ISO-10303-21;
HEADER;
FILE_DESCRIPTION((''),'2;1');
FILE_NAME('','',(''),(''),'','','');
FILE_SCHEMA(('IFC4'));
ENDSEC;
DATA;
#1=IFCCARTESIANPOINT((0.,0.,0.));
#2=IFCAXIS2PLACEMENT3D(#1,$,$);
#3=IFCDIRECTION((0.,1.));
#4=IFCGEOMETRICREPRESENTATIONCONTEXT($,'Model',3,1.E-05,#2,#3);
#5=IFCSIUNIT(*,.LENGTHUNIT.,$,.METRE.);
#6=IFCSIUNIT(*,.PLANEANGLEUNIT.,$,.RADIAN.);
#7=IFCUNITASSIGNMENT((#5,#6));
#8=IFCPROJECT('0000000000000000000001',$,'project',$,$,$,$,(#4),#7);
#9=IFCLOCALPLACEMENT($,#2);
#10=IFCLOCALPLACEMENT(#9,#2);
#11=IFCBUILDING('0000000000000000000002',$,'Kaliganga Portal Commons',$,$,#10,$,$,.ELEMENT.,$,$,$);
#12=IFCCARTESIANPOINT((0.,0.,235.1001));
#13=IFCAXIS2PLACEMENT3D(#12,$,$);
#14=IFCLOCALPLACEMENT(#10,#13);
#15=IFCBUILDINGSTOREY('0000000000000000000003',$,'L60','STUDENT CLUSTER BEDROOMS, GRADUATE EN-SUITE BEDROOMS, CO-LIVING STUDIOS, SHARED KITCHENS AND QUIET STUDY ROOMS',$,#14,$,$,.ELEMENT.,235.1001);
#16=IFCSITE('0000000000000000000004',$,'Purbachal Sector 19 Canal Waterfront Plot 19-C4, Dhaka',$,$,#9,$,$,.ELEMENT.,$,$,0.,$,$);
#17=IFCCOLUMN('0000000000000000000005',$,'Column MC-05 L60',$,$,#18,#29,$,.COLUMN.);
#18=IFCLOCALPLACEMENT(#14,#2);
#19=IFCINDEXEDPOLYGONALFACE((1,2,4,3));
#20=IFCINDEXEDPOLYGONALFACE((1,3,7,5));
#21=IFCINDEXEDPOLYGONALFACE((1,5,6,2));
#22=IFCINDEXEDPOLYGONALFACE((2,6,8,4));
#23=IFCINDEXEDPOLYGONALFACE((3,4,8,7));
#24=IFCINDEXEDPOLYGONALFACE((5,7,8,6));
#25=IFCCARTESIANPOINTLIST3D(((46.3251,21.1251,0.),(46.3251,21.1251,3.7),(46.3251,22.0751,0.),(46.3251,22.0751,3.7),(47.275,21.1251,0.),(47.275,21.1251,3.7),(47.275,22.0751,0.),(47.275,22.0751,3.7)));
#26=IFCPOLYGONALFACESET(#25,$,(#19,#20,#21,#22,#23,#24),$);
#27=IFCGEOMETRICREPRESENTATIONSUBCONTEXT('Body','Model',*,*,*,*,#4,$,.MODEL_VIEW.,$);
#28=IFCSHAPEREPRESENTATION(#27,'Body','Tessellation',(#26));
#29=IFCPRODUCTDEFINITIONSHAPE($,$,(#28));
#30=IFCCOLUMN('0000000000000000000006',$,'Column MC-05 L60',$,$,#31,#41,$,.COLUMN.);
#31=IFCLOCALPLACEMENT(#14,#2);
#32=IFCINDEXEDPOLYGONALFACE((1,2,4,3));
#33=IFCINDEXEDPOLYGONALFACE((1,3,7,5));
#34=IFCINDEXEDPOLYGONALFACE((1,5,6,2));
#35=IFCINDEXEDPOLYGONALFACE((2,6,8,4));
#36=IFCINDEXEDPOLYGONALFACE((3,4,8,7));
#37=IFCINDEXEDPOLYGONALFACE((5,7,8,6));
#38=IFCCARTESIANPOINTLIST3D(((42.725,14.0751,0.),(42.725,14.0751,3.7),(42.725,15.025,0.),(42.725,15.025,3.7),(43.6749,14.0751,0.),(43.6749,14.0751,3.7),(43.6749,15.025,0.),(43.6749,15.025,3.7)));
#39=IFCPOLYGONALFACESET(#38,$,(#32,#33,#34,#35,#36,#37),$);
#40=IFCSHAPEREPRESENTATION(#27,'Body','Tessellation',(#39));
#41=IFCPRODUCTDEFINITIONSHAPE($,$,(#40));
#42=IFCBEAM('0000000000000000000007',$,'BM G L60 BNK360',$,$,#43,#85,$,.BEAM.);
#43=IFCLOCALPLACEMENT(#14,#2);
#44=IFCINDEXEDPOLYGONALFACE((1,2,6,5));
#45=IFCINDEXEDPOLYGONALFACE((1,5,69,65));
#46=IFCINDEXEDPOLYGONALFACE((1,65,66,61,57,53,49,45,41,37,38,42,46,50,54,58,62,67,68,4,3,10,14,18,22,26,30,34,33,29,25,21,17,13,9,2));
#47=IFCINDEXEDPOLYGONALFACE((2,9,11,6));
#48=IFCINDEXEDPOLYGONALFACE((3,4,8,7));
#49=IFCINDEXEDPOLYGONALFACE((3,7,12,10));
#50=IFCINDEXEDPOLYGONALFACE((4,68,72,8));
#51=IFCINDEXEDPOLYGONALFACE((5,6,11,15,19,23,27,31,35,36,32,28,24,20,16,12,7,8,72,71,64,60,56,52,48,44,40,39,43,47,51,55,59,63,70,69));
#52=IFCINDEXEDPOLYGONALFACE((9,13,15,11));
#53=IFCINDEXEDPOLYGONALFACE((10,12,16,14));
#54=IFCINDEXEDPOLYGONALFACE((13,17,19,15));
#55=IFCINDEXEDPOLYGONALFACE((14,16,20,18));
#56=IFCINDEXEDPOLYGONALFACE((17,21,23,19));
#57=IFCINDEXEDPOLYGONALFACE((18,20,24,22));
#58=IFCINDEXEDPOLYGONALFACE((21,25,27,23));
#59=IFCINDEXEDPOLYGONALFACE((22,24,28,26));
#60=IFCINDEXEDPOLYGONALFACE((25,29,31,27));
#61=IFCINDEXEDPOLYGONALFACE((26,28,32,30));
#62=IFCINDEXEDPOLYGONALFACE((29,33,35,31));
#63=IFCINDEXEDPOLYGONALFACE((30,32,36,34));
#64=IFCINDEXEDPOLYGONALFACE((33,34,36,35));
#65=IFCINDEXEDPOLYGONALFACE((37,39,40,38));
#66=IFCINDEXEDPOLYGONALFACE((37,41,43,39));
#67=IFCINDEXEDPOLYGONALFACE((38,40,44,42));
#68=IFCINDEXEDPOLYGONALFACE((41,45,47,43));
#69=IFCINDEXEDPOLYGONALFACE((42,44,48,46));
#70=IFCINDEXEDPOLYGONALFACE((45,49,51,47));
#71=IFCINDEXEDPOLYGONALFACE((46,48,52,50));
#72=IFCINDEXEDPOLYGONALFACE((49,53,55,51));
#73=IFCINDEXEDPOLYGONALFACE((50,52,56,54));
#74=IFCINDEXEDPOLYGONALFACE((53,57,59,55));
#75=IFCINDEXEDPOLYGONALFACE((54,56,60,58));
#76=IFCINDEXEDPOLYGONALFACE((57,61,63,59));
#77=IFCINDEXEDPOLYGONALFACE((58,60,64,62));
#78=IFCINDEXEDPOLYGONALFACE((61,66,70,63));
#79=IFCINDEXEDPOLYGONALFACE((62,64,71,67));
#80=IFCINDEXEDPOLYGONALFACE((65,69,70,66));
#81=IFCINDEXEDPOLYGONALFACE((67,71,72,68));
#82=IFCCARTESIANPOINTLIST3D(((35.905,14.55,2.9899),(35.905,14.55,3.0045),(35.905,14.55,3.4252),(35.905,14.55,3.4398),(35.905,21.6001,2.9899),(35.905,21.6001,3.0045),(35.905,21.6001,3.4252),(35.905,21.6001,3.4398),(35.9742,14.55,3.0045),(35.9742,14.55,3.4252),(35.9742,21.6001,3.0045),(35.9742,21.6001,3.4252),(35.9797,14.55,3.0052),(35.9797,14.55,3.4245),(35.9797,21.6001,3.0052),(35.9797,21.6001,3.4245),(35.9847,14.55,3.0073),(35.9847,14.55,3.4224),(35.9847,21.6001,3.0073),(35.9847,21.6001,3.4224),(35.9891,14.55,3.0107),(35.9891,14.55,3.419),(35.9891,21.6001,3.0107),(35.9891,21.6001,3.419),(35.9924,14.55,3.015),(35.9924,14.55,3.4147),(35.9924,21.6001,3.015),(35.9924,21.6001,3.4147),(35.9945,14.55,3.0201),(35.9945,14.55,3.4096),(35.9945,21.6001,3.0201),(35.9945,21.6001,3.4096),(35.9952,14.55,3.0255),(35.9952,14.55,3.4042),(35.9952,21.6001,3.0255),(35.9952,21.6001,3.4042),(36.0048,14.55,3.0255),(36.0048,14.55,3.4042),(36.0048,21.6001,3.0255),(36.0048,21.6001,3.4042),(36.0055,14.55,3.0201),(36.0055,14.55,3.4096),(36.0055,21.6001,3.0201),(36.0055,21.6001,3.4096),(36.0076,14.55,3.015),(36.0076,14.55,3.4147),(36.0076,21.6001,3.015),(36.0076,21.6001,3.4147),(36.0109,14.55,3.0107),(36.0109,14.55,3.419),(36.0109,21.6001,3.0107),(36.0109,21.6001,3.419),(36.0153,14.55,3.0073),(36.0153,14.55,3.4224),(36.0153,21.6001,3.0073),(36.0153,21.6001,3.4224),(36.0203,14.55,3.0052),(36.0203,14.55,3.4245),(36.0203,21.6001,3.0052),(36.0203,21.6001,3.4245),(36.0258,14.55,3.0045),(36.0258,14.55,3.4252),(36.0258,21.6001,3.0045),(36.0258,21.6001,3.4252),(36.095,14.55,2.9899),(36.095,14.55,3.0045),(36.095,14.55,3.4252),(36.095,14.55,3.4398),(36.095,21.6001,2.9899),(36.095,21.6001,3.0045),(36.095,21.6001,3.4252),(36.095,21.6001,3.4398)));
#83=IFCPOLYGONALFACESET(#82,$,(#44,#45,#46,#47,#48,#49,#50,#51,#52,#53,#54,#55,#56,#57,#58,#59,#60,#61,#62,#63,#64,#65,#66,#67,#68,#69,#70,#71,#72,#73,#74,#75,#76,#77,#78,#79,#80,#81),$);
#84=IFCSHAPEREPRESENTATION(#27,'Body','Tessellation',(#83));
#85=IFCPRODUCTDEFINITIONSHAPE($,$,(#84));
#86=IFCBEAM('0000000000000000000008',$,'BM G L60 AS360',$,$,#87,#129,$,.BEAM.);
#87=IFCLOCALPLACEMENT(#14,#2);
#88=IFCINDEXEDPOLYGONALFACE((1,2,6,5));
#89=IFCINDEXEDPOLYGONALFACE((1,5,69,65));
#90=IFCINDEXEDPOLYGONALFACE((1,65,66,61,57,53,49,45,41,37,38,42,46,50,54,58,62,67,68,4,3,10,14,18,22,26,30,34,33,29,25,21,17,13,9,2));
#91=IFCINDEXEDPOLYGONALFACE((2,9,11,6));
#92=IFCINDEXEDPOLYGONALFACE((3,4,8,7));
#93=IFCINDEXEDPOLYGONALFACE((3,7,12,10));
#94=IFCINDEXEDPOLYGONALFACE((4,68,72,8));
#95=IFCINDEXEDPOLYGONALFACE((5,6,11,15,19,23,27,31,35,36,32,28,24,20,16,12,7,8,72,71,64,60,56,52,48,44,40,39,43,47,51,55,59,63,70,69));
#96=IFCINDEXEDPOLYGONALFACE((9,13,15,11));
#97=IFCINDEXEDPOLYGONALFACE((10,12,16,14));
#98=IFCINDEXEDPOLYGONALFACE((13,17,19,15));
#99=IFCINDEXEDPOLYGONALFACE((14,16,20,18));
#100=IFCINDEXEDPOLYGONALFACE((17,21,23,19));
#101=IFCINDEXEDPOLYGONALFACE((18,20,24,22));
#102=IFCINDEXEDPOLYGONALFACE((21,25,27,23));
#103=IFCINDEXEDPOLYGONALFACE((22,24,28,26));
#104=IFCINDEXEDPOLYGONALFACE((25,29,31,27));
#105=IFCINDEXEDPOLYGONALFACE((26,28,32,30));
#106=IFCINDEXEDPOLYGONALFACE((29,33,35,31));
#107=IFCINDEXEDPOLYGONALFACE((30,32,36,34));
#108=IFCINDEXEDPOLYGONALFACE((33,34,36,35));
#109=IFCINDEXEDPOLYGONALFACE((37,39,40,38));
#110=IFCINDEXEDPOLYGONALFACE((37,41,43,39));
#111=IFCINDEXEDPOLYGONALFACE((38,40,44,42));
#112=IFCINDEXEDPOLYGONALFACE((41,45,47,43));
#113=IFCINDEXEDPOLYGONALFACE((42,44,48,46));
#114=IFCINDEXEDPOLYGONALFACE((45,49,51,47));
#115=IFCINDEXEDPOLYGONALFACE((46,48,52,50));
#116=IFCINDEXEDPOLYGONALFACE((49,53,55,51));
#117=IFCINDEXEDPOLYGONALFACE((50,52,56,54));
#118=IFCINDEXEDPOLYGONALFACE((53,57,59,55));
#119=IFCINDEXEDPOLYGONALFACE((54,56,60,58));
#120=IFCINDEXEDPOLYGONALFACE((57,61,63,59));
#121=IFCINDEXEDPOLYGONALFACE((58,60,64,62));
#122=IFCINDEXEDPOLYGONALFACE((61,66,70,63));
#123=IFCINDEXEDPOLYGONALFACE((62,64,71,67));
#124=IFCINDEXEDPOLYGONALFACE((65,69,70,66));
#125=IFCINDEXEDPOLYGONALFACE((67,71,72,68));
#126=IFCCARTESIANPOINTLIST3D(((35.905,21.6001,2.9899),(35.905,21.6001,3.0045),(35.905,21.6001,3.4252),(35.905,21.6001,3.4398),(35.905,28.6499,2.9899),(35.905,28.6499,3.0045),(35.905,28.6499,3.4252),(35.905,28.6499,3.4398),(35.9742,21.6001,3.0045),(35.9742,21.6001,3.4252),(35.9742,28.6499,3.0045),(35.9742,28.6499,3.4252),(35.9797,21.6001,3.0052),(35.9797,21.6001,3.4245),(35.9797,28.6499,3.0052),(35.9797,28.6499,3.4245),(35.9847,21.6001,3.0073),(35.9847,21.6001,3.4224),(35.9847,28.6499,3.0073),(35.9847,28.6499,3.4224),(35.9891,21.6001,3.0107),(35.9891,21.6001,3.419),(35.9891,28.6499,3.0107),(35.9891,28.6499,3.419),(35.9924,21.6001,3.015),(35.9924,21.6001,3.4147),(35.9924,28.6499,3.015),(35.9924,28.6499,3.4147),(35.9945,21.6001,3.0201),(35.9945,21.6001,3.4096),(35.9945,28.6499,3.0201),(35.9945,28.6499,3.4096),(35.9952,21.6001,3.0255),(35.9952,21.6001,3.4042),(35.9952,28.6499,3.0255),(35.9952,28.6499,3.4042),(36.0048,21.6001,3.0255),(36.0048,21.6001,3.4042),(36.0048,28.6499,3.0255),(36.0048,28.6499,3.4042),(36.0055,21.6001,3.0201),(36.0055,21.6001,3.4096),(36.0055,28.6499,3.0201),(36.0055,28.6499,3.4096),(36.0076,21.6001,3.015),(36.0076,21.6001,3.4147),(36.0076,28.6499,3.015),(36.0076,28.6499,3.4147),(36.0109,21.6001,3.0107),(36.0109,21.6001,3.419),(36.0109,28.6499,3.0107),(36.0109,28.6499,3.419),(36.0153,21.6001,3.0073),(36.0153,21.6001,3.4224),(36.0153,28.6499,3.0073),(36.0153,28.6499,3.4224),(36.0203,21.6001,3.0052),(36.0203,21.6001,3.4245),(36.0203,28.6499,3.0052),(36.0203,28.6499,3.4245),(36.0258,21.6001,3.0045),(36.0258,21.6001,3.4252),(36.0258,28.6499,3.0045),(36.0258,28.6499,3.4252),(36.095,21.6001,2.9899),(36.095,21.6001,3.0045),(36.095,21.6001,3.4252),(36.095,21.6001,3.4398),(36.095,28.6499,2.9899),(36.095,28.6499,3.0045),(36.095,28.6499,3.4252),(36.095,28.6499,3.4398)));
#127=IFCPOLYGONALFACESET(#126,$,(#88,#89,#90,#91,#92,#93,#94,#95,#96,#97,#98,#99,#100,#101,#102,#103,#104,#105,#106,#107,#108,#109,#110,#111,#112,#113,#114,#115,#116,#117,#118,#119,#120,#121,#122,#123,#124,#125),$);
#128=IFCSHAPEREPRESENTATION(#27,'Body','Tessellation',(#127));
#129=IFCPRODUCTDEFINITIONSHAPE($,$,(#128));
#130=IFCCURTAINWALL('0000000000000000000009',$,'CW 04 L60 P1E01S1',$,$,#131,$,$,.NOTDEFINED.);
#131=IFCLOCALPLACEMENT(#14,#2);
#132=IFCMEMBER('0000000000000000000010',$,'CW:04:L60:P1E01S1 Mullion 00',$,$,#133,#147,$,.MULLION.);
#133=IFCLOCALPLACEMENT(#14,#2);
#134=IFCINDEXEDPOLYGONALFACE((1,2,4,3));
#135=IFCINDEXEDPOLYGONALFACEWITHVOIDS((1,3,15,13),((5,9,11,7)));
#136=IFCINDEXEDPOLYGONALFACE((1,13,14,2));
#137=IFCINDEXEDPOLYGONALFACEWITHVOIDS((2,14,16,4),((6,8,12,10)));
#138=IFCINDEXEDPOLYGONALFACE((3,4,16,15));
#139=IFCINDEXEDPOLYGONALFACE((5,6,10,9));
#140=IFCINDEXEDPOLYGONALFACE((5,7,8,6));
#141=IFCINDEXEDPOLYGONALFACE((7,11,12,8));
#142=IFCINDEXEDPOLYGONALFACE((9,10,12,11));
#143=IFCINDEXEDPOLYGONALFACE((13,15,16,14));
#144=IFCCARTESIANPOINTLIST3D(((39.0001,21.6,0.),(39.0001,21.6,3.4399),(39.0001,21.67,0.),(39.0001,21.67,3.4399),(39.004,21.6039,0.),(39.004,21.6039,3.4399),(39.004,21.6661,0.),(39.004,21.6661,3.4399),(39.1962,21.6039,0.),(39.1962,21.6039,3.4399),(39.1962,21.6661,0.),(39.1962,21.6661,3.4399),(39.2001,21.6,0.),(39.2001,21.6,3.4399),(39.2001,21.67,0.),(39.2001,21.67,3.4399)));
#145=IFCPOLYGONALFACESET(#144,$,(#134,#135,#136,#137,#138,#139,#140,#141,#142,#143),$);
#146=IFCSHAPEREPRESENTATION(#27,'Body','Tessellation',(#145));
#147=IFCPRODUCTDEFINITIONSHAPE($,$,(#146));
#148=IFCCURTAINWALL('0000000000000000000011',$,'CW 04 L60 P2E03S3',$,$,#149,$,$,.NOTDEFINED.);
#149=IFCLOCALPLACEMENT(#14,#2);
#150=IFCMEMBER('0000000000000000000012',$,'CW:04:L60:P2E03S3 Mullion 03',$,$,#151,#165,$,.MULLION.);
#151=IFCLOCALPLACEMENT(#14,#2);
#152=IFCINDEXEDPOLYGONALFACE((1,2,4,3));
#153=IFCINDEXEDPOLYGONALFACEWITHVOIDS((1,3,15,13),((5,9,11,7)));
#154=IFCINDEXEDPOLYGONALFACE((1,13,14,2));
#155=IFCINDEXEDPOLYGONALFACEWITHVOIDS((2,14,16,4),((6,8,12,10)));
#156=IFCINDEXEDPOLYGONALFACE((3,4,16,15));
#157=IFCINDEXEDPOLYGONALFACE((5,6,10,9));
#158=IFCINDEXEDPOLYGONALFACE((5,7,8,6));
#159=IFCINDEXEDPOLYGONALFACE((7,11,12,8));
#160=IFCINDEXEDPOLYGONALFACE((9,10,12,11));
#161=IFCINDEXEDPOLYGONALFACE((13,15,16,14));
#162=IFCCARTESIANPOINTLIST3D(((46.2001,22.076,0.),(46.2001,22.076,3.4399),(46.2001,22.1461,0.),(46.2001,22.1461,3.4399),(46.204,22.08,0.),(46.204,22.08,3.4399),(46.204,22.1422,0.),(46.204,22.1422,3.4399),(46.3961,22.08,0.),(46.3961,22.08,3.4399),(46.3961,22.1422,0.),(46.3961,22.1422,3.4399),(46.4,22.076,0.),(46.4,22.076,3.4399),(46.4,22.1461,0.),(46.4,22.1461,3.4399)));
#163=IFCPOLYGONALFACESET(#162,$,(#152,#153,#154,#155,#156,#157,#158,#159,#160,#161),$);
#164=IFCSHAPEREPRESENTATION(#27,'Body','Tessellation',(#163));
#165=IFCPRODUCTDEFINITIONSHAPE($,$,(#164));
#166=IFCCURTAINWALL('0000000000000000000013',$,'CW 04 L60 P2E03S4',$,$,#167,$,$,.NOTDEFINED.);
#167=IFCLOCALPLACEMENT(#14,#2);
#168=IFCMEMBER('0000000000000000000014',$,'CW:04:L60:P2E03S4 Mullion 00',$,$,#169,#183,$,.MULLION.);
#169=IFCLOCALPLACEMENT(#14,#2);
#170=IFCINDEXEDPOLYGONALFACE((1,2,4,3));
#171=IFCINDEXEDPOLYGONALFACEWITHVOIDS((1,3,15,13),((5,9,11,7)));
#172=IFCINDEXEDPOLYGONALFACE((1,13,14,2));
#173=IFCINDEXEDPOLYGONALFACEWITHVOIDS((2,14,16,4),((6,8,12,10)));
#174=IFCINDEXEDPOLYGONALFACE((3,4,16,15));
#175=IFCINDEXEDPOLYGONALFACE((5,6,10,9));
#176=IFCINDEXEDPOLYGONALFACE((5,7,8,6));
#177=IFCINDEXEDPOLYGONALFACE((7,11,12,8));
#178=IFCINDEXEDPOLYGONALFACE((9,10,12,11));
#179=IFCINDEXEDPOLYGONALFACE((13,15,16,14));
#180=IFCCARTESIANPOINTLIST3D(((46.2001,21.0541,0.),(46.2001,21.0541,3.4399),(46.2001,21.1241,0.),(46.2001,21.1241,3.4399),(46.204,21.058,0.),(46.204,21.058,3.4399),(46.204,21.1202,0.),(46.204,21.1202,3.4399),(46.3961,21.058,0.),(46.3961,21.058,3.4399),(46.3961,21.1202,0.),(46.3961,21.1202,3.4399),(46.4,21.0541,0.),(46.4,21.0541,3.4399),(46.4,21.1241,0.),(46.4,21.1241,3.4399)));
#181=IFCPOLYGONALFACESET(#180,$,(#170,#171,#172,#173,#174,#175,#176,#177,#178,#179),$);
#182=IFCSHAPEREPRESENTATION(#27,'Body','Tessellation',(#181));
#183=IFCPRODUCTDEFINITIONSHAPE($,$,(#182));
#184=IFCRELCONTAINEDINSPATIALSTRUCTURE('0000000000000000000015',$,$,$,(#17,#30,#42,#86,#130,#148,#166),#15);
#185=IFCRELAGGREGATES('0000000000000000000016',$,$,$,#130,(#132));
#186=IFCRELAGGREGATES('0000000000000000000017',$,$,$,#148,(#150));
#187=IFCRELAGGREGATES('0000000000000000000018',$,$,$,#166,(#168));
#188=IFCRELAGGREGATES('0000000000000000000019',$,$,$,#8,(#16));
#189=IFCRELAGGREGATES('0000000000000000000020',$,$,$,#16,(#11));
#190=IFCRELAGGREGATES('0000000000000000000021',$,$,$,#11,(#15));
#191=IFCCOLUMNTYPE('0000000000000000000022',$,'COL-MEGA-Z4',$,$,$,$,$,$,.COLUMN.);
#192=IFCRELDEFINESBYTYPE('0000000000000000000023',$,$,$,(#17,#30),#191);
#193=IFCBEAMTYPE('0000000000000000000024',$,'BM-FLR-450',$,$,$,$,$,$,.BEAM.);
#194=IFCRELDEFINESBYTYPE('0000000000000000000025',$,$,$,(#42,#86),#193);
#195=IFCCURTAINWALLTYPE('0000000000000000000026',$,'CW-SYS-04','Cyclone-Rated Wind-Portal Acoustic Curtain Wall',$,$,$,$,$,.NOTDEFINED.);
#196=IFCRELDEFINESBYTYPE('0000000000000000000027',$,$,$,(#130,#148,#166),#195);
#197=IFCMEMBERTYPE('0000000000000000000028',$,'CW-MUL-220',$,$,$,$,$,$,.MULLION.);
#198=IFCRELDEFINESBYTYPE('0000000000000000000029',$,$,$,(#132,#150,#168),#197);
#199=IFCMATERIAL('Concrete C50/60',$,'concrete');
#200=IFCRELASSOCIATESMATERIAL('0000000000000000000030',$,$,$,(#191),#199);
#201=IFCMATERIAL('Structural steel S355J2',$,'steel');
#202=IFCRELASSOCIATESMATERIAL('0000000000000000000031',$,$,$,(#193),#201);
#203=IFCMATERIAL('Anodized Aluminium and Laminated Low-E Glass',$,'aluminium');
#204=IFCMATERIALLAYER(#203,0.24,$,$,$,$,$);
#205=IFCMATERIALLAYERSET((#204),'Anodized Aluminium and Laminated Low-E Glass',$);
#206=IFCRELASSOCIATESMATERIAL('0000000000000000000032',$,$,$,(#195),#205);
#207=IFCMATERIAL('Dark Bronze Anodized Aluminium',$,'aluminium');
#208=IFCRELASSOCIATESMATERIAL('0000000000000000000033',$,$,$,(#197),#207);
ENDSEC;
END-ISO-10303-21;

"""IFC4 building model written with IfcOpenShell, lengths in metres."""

from ifc_helpers import new_model, si_unit, direction, frame, origin, origin_2d, place, context, subcontext, project, spatial, rectangle, hollow_rectangle, i_section, extrude, source, transform, mapped, material, layer, layer_set, material_profile, profile_set, type_object, element, aggregate, save


model = new_model("IFC4")

# Units and contexts
model_context = context("Model", 3, precision=1e-05, world=origin(), true_north=direction((0.0, 1.0)))
body_context = subcontext(model_context, "Body", "Model", "MODEL_VIEW")
ifc_project = project(units=[si_unit("LENGTHUNIT", "METRE"), si_unit("PLANEANGLEUNIT", "RADIAN")], contexts=[model_context])

# Site, building, storey
site_placement = place(None, origin())
site = spatial("IfcSite", under=ifc_project, at=site_placement, Name="Purbachal Sector 19 Canal Waterfront Plot 19-C4, Dhaka", CompositionType="ELEMENT", RefElevation=0.0)
building_placement = place(site_placement, origin())
building = spatial("IfcBuilding", under=site, at=building_placement, Name="Kaliganga Portal Commons", CompositionType="ELEMENT")
storey_placement = place(building_placement, frame((0.0, 0.0, 235.1001)))
storey = spatial("IfcBuildingStorey", under=building, at=storey_placement, Name="L60", Description="STUDENT CLUSTER BEDROOMS, GRADUATE EN-SUITE BEDROOMS, CO-LIVING STUDIOS, SHARED KITCHENS AND QUIET STUDY ROOMS", CompositionType="ELEMENT", Elevation=235.1001)

# Columns
ifc_material_1 = material(Name="Concrete C50/60", Category="concrete")
ifc_material_profile_1 = material_profile(ifc_material_1, rectangle(XDim=0.95, YDim=0.95, at=origin_2d()), Name="RC 950x950")
ifc_profile_set_1 = profile_set([ifc_material_profile_1], Name="Concrete C50/60")
column_type = type_object("IfcColumnType", Name="COL-MEGA-Z4", PredefinedType="COLUMN", material=ifc_profile_set_1)
shared_shape_1 = source(origin(), body_context, "Body", "SweptSolid", [
    extrude(rectangle(XDim=0.95, YDim=0.95, at=origin_2d()), origin(), (0.0, 0.0, 1.0), 3.7),
])
for number, where, z_axis, x_axis, name in (
    (1, (46.8, 21.6001, 0.0), (0.0, 0.0, 1.0), (1.0, 0.0, 0.0), "Column MC-05 L60"),
    (2, (43.2, 14.55, 0.0), (0.0, 0.0, 1.0), (1.0, 0.0, 0.0), "Column MC-05 L60"),
):
    element("IfcColumn", number, at=place(storey_placement, frame(where, z_axis=z_axis, x_axis=x_axis)), inside=storey, type_object=column_type, Name=name, PredefinedType="COLUMN", context=body_context, shape_type="MappedRepresentation", body=[
        mapped(shared_shape_1, transform((0.0, 0.0, 0.0), x_axis=(1.0, 0.0, 0.0), y_axis=(0.0, 1.0, 0.0), z_axis=(0.0, 0.0, 1.0), scale=1.0)),
    ])

# Beams
ifc_material_2 = material(Name="Structural steel S355J2", Category="steel")
ifc_material_profile_2 = material_profile(ifc_material_2, i_section(OverallWidth=0.1899, OverallDepth=0.45, WebThickness=0.0095, FlangeThickness=0.0146, FilletRadius=0.021, at=origin_2d()), Name="IPE 450")
ifc_profile_set_2 = profile_set([ifc_material_profile_2], Name="Structural steel S355J2 wide-flange")
beam_type = type_object("IfcBeamType", Name="BM-FLR-450", PredefinedType="BEAM", material=ifc_profile_set_2)
shared_shape_2 = source(origin(), body_context, "Body", "SweptSolid", [
    extrude(i_section(OverallWidth=0.1899, OverallDepth=0.45, WebThickness=0.0095, FlangeThickness=0.0146, FilletRadius=0.021, at=origin_2d()), origin(), (0.0, 0.0, 1.0), 7.05),
])
beam_1_placement = place(storey_placement, frame((36.0, 14.55, 3.2148), z_axis=(0.0, 1.0, 0.0), x_axis=(-1.0, 0.0, 0.0)))
element("IfcBeam", 3, at=beam_1_placement, inside=storey, type_object=beam_type, Name="BM G L60 BNK360", PredefinedType="BEAM", context=body_context, shape_type="MappedRepresentation", body=[
    mapped(shared_shape_2, transform((0.0, 0.0, 0.0), x_axis=(1.0, 0.0, 0.0), y_axis=(0.0, 1.0, 0.0), z_axis=(0.0, 0.0, 1.0), scale=1.0)),
])
shared_shape_3 = source(origin(), body_context, "Body", "SweptSolid", [
    extrude(i_section(OverallWidth=0.1899, OverallDepth=0.45, WebThickness=0.0095, FlangeThickness=0.0146, FilletRadius=0.021, at=origin_2d()), origin(), (0.0, 0.0, 1.0), 7.0498),
])
beam_2_placement = place(storey_placement, frame((36.0, 21.6001, 3.2148), z_axis=(0.0, 1.0, 0.0), x_axis=(-1.0, 0.0, 0.0)))
element("IfcBeam", 4, at=beam_2_placement, inside=storey, type_object=beam_type, Name="BM G L60 AS360", PredefinedType="BEAM", context=body_context, shape_type="MappedRepresentation", body=[
    mapped(shared_shape_3, transform((0.0, 0.0, 0.0), x_axis=(1.0, 0.0, 0.0), y_axis=(0.0, 1.0, 0.0), z_axis=(0.0, 0.0, 1.0), scale=1.0)),
])

# Curtain walls, members
ifc_material_3 = material(Name="Anodized Aluminium and Laminated Low-E Glass", Category="aluminium")
ifc_layer_1 = layer(ifc_material_3, 0.24)
ifc_layer_set_1 = layer_set([ifc_layer_1], Name="Anodized Aluminium and Laminated Low-E Glass")
curtain_wall_type = type_object("IfcCurtainWallType", Name="CW-SYS-04", Description="Cyclone-Rated Wind-Portal Acoustic Curtain Wall", PredefinedType="NOTDEFINED", material=ifc_layer_set_1)
curtain_wall_1_placement = place(storey_placement, origin())
curtain_wall_1 = element("IfcCurtainWall", 5, at=curtain_wall_1_placement, inside=storey, type_object=curtain_wall_type, Name="CW 04 L60 P1E01S1", PredefinedType="NOTDEFINED")
ifc_material_4 = material(Name="Dark Bronze Anodized Aluminium", Category="aluminium")
ifc_material_profile_3 = material_profile(ifc_material_4, hollow_rectangle(XDim=0.0701, YDim=0.2, WallThickness=0.0039, at=origin_2d()), Name="ALU MULL 70x200x4")
ifc_profile_set_3 = profile_set([ifc_material_profile_3], Name="Dark Bronze Anodized Aluminium")
member_type_1 = type_object("IfcMemberType", Name="CW-MUL-220", PredefinedType="MULLION", material=ifc_profile_set_3)
shared_shape_4 = source(origin(), body_context, "Body", "SweptSolid", [
    extrude(hollow_rectangle(XDim=0.0701, YDim=0.2, WallThickness=0.0039, at=origin_2d()), origin(), (0.0, 0.0, 1.0), 3.4399),
])
member_1_placement = place(storey_placement, frame((39.1001, 21.635, 0.0), z_axis=(0.0, 0.0, 1.0), x_axis=(0.0, 1.0, 0.0)))
member_1 = element("IfcMember", 6, at=member_1_placement, type_object=member_type_1, Name="CW:04:L60:P1E01S1 Mullion 00", PredefinedType="MULLION", context=body_context, shape_type="MappedRepresentation", body=[
    mapped(shared_shape_4, transform((0.0, 0.0, 0.0), x_axis=(1.0, 0.0, 0.0), y_axis=(0.0, 1.0, 0.0), z_axis=(0.0, 0.0, 1.0), scale=1.0)),
])
curtain_wall_2_placement = place(storey_placement, origin())
curtain_wall_2 = element("IfcCurtainWall", 7, at=curtain_wall_2_placement, inside=storey, type_object=curtain_wall_type, Name="CW 04 L60 P2E03S3", PredefinedType="NOTDEFINED")
member_2_placement = place(storey_placement, frame((46.3, 22.1111, 0.0), z_axis=(0.0, 0.0, 1.0), x_axis=(0.0, -1.0, 0.0)))
member_2 = element("IfcMember", 8, at=member_2_placement, type_object=member_type_1, Name="CW:04:L60:P2E03S3 Mullion 03", PredefinedType="MULLION", context=body_context, shape_type="MappedRepresentation", body=[
    mapped(shared_shape_4, transform((0.0, 0.0, 0.0), x_axis=(1.0, 0.0, 0.0), y_axis=(0.0, 1.0, 0.0), z_axis=(0.0, 0.0, 1.0), scale=1.0)),
])

# Curtain wall, member
curtain_wall_3_placement = place(storey_placement, origin())
curtain_wall_3 = element("IfcCurtainWall", 9, at=curtain_wall_3_placement, inside=storey, type_object=curtain_wall_type, Name="CW 04 L60 P2E03S4", PredefinedType="NOTDEFINED")
member_3_placement = place(storey_placement, frame((46.3, 21.0891, 0.0), z_axis=(0.0, 0.0, 1.0), x_axis=(0.0, -1.0, 0.0)))
member_3 = element("IfcMember", 10, at=member_3_placement, type_object=member_type_1, Name="CW:04:L60:P2E03S4 Mullion 00", PredefinedType="MULLION", context=body_context, shape_type="MappedRepresentation", body=[
    mapped(shared_shape_4, transform((0.0, 0.0, 0.0), x_axis=(1.0, 0.0, 0.0), y_axis=(0.0, 1.0, 0.0), z_axis=(0.0, 0.0, 1.0), scale=1.0)),
])

aggregate(curtain_wall_1, [member_1])

aggregate(curtain_wall_2, [member_2])
aggregate(curtain_wall_3, [member_3])

save(model, "model.ifc")
